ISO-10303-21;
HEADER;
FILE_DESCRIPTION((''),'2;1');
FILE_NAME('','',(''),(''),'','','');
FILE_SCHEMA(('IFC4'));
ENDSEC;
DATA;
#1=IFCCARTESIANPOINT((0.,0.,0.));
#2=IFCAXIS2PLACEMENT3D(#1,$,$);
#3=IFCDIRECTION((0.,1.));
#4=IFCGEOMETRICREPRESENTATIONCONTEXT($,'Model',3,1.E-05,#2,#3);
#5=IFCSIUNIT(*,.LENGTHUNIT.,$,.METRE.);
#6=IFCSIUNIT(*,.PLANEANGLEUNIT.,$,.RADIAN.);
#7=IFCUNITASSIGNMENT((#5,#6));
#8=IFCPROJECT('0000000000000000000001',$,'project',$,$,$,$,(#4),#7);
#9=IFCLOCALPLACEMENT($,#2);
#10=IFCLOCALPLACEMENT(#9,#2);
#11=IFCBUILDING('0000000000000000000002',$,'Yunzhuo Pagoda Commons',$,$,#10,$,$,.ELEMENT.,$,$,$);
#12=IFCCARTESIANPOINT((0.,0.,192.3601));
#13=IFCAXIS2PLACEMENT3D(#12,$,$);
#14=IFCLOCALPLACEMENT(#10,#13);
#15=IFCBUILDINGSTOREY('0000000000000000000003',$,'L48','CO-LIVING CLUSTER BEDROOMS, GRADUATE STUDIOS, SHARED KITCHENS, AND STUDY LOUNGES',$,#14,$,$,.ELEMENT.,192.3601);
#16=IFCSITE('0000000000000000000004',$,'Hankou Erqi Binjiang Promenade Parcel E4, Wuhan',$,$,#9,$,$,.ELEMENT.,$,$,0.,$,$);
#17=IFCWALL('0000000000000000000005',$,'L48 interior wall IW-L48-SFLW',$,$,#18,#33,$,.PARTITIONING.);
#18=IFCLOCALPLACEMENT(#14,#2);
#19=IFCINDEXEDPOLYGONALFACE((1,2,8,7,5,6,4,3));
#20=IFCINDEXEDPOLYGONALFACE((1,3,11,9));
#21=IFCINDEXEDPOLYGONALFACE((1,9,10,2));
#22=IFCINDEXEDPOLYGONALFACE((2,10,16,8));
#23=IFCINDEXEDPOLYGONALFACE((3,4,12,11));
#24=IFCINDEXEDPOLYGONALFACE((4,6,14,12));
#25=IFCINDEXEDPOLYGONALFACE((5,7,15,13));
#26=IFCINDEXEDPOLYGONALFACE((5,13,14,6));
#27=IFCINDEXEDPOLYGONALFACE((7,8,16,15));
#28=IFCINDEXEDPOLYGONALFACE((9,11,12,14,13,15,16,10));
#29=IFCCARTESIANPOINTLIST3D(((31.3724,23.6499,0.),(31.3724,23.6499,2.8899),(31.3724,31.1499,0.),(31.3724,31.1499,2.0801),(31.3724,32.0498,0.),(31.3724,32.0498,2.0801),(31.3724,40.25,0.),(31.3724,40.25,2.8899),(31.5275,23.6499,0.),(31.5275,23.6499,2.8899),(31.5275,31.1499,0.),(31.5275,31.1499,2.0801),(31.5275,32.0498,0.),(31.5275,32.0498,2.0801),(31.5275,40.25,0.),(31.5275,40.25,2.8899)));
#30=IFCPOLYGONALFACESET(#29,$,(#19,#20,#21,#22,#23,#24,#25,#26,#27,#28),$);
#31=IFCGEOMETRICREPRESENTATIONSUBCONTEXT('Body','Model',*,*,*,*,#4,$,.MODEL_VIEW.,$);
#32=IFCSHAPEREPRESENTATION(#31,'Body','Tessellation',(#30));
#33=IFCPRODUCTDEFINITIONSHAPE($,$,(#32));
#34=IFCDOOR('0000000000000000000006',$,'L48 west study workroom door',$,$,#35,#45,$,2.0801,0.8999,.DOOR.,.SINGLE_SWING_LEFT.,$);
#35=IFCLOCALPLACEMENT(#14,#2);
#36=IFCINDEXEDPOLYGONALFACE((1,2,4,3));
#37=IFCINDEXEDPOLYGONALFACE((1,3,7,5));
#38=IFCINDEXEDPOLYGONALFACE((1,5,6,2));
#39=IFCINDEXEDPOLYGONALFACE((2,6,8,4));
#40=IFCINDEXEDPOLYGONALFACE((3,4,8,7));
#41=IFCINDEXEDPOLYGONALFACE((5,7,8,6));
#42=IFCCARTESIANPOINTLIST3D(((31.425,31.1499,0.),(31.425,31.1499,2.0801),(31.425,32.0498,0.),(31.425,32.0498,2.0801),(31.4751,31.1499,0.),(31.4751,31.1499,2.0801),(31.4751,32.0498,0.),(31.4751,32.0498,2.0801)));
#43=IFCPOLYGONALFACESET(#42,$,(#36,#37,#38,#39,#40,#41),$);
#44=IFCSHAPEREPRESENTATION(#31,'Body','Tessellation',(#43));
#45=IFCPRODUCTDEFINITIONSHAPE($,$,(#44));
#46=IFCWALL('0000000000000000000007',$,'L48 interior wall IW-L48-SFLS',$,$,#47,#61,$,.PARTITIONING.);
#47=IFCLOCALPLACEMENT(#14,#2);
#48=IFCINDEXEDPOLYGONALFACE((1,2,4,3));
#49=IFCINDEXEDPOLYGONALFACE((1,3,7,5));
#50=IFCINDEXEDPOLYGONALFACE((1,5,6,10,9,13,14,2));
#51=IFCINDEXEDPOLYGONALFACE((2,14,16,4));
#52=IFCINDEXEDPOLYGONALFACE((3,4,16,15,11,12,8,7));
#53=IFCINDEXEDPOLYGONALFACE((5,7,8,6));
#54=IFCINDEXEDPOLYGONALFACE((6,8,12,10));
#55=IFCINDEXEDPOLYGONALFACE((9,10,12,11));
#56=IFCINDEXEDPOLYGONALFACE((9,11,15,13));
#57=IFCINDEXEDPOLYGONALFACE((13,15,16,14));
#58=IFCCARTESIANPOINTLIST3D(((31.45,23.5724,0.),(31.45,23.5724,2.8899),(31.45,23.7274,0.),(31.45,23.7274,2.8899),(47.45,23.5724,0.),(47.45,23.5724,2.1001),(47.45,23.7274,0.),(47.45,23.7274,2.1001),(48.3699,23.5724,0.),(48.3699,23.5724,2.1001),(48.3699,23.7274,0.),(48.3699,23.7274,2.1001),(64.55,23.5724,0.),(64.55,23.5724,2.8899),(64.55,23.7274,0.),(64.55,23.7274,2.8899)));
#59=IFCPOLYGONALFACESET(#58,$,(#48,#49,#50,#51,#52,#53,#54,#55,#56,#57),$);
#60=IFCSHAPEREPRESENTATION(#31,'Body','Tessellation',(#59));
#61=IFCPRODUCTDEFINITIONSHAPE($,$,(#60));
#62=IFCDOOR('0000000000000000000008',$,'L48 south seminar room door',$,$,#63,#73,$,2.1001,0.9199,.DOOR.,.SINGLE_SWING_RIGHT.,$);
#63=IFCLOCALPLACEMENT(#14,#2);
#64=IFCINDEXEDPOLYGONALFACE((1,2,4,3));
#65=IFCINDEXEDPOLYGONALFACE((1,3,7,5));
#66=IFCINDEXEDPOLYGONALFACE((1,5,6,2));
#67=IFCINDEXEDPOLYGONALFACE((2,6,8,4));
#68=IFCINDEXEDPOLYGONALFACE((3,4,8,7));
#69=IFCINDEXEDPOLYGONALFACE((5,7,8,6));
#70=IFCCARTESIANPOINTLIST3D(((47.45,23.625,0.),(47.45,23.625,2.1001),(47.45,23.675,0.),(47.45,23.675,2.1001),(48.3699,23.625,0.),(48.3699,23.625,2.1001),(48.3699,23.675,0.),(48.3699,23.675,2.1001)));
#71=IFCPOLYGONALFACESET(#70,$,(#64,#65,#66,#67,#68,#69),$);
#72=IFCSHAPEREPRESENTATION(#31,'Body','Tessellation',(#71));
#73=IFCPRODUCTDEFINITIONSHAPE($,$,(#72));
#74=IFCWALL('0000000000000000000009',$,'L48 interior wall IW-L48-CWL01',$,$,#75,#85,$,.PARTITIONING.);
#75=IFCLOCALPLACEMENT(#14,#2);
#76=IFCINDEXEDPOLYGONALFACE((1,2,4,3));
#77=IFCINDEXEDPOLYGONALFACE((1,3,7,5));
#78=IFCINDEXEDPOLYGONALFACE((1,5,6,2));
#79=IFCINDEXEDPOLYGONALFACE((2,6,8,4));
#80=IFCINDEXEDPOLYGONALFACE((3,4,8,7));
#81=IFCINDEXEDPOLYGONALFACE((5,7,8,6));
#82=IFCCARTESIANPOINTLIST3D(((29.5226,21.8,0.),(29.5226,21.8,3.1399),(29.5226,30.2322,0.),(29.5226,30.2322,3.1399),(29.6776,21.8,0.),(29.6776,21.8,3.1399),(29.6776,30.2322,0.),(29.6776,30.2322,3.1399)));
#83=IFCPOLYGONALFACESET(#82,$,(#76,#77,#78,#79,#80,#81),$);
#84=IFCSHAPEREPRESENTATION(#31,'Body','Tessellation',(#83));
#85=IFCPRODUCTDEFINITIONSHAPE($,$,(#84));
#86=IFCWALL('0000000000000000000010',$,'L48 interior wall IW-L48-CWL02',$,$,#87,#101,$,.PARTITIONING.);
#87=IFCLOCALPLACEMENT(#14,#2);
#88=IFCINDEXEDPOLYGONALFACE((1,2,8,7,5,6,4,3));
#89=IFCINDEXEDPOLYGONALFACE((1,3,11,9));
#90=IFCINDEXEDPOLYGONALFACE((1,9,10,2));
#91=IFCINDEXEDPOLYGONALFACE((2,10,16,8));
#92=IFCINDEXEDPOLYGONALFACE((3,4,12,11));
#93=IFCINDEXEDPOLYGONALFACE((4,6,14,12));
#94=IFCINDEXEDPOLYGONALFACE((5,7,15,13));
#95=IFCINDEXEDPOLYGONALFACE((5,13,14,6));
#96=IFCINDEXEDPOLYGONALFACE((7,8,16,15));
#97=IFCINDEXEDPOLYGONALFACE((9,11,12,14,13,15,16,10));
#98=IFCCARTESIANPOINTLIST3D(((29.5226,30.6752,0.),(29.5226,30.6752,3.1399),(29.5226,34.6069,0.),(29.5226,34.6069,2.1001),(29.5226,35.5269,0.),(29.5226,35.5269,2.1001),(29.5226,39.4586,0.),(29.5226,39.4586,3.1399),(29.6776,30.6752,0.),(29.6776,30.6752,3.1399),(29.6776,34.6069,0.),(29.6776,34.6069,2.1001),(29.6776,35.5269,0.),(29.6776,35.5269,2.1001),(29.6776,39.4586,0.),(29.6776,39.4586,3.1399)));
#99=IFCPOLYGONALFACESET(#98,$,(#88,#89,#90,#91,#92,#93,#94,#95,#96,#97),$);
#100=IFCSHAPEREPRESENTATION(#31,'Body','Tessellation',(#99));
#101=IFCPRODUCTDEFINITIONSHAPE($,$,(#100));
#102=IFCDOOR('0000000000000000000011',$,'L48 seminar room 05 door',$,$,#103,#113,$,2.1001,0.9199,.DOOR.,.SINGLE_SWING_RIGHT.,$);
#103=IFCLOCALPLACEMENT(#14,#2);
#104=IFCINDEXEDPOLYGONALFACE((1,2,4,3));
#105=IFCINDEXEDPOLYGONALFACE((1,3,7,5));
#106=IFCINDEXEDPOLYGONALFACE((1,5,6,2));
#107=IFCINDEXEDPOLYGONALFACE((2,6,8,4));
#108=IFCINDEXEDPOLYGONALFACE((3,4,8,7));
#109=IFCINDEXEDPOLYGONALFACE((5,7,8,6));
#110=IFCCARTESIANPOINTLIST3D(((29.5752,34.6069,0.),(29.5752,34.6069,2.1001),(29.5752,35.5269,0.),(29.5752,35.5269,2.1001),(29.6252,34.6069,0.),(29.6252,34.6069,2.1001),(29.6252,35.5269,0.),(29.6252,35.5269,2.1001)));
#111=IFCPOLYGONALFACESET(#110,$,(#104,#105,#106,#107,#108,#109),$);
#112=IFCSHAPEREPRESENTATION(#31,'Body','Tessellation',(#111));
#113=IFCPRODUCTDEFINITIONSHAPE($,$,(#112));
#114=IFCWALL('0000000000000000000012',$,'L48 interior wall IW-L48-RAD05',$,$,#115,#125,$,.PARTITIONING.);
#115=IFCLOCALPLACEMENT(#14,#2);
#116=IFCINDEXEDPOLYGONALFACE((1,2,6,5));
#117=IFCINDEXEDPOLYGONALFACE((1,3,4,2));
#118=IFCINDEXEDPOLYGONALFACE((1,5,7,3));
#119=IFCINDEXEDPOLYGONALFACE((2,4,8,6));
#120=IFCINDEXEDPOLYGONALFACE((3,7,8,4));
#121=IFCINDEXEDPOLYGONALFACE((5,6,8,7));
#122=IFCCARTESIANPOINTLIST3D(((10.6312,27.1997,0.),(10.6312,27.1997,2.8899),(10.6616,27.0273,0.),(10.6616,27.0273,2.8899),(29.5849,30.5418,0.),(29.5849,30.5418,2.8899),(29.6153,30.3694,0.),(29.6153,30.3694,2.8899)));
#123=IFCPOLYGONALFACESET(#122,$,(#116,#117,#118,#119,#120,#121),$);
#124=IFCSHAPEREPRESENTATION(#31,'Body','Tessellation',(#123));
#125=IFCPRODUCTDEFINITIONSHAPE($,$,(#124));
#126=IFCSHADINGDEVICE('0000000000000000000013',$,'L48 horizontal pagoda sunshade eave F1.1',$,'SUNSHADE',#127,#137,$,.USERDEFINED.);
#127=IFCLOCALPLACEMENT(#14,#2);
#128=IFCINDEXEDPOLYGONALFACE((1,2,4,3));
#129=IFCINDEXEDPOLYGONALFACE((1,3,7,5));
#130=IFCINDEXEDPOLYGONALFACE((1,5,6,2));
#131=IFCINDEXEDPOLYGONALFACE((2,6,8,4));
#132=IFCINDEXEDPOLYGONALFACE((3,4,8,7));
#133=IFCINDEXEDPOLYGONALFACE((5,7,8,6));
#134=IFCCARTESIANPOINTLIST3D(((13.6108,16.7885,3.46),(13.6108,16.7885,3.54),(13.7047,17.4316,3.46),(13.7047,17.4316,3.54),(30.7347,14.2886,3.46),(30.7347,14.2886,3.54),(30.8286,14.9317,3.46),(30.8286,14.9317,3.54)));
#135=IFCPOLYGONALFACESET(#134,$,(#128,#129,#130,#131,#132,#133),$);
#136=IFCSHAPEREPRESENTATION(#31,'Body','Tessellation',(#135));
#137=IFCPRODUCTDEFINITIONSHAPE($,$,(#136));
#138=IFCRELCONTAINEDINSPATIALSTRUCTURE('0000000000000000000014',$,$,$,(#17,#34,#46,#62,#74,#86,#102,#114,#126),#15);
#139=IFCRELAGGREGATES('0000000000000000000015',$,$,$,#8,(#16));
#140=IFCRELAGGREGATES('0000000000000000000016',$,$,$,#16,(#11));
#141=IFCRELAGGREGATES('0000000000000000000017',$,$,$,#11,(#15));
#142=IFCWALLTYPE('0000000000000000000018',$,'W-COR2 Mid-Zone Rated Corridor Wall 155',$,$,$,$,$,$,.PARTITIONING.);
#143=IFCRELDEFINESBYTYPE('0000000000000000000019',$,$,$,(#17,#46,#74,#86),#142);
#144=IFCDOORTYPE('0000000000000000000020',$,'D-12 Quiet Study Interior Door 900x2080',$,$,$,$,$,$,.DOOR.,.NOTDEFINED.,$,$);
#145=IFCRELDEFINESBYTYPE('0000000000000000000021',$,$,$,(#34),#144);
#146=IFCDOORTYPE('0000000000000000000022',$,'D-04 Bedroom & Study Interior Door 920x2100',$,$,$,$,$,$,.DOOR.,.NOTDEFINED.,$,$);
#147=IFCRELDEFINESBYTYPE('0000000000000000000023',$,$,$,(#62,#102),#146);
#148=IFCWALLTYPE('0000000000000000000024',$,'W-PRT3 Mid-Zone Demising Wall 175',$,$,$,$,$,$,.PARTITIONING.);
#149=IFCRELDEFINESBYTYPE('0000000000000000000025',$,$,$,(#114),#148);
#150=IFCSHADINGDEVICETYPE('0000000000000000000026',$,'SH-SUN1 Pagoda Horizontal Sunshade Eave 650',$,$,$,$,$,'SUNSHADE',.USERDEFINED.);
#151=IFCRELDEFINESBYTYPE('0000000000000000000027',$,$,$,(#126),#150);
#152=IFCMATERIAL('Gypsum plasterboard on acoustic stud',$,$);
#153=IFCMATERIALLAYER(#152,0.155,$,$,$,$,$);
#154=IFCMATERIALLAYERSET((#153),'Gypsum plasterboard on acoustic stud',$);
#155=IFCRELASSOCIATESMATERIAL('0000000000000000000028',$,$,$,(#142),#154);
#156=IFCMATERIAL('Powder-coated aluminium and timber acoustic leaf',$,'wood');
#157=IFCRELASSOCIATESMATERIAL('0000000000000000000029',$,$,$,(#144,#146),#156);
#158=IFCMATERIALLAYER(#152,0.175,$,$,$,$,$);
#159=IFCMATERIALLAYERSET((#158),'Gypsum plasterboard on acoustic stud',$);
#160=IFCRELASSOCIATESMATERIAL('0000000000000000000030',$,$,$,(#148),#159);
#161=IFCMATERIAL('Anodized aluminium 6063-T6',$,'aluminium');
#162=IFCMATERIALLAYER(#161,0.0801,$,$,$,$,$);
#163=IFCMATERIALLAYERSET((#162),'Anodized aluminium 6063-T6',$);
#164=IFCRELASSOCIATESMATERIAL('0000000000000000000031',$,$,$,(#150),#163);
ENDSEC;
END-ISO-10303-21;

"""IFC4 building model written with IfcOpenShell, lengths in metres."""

from ifc_helpers import new_model, si_unit, direction, frame, frame_2d, origin, origin_with_axes, origin_2d, place, context, subcontext, project, spatial, rectangle, extrude, source, transform, mapped, material, layer, layer_set, type_object, element, fill, save


model = new_model("IFC4")

# Units and contexts
model_context = context("Model", 3, precision=1e-05, world=origin(), true_north=direction((0.0, 1.0)))
body_context = subcontext(model_context, "Body", "Model", "MODEL_VIEW")
ifc_project = project(units=[si_unit("LENGTHUNIT", "METRE"), si_unit("PLANEANGLEUNIT", "RADIAN")], contexts=[model_context])

# Site, building, storey
site_placement = place(None, origin())
site = spatial("IfcSite", under=ifc_project, at=site_placement, Name="Hankou Erqi Binjiang Promenade Parcel E4, Wuhan", CompositionType="ELEMENT", RefElevation=0.0)
building_placement = place(site_placement, origin())
building = spatial("IfcBuilding", under=site, at=building_placement, Name="Yunzhuo Pagoda Commons", CompositionType="ELEMENT")
storey_placement = place(building_placement, frame((0.0, 0.0, 192.3601)))
storey = spatial("IfcBuildingStorey", under=building, at=storey_placement, Name="L48", Description="CO-LIVING CLUSTER BEDROOMS, GRADUATE STUDIOS, SHARED KITCHENS, AND STUDY LOUNGES", CompositionType="ELEMENT", Elevation=192.3601)

# Shared definitions
ifc_material_1 = material(Name="Anodized aluminium 6063-T6", Category="aluminium")

# Walls, openings, doors
ifc_material_2 = material(Name="Gypsum plasterboard on acoustic stud")
ifc_layer_1 = layer(ifc_material_2, 0.155)
ifc_layer_set_1 = layer_set([ifc_layer_1], Name="Gypsum plasterboard on acoustic stud")
wall_type_1 = type_object("IfcWallType", Name="W-COR2 Mid-Zone Rated Corridor Wall 155", PredefinedType="PARTITIONING", material=ifc_layer_set_1)
wall_1_placement = place(storey_placement, frame((31.45, 23.6499, 0.0), z_axis=(0.0, 0.0, 1.0), x_axis=(0.0, 1.0, 0.0)))
wall_1 = element("IfcWall", 1, at=wall_1_placement, inside=storey, type_object=wall_type_1, Name="L48 interior wall IW-L48-SFLW", PredefinedType="PARTITIONING", context=body_context, shape_type="SweptSolid", body=[
    extrude(rectangle(XDim=16.6001, YDim=0.155, at=frame_2d((8.3, 0.0))), origin(), (0.0, 0.0, 1.0), 2.8899),
])
opening_1_placement = place(wall_1_placement, frame((7.5, 0.0, 0.0)))
opening_1 = element("IfcOpeningElement", 2, at=opening_1_placement, cuts=wall_1, PredefinedType="OPENING", context=body_context, shape_type="SweptSolid", body=[
    extrude(rectangle(XDim=0.8999, YDim=2.0801, at=frame_2d((0.45, 1.04))), frame((0.0, 0.0874, 0.0), z_axis=(0.0, -1.0, 0.0), x_axis=(1.0, 0.0, 0.0)), (0.0, 0.0, 1.0), 0.175),
])
ifc_material_3 = material(Name="Powder-coated aluminium and timber acoustic leaf", Category="wood")
door_type_1 = type_object("IfcDoorType", Name="D-12 Quiet Study Interior Door 900x2080", OperationType="NOTDEFINED", PredefinedType="DOOR", material=ifc_material_3)
shared_shape_1 = source(origin(), body_context, "Body", "SweptSolid", [
    extrude(rectangle(XDim=0.8999, YDim=2.0801, at=frame_2d((0.45, 1.04))), frame((0.0, 0.0249, 0.0), z_axis=(0.0, -1.0, 0.0), x_axis=(1.0, 0.0, 0.0)), (0.0, 0.0, 1.0), 0.05),
])
door_1_placement = place(opening_1_placement, origin_with_axes())
door_1 = element("IfcDoor", 3, at=door_1_placement, inside=storey, type_object=door_type_1, Name="L48 west study workroom door", OperationType="SINGLE_SWING_LEFT", OverallHeight=2.0801, OverallWidth=0.8999, PredefinedType="DOOR", context=body_context, shape_type="MappedRepresentation", body=[
    mapped(shared_shape_1, transform((0.0, 0.0, 0.0), scale=1.0)),
])
fill(opening_1, door_1)
wall_2_placement = place(storey_placement, frame((31.45, 23.6499, 0.0), z_axis=(0.0, 0.0, 1.0), x_axis=(1.0, 0.0, 0.0)))
wall_2 = element("IfcWall", 4, at=wall_2_placement, inside=storey, type_object=wall_type_1, Name="L48 interior wall IW-L48-SFLS", PredefinedType="PARTITIONING", context=body_context, shape_type="SweptSolid", body=[
    extrude(rectangle(XDim=33.1001, YDim=0.155, at=frame_2d((16.55, 0.0))), origin(), (0.0, 0.0, 1.0), 2.8899),
])
opening_2_placement = place(wall_2_placement, frame((16.0, 0.0, 0.0)))
opening_2 = element("IfcOpeningElement", 5, at=opening_2_placement, cuts=wall_2, PredefinedType="OPENING", context=body_context, shape_type="SweptSolid", body=[
    extrude(rectangle(XDim=0.9199, YDim=2.1001, at=frame_2d((0.46, 1.05))), frame((0.0, 0.0874, 0.0), z_axis=(0.0, -1.0, 0.0), x_axis=(1.0, 0.0, 0.0)), (0.0, 0.0, 1.0), 0.175),
])
door_type_2 = type_object("IfcDoorType", Name="D-04 Bedroom & Study Interior Door 920x2100", OperationType="NOTDEFINED", PredefinedType="DOOR", material=ifc_material_3)
shared_shape_2 = source(origin(), body_context, "Body", "SweptSolid", [
    extrude(rectangle(XDim=0.9199, YDim=2.1001, at=frame_2d((0.46, 1.05))), frame((0.0, 0.0249, 0.0), z_axis=(0.0, -1.0, 0.0), x_axis=(1.0, 0.0, 0.0)), (0.0, 0.0, 1.0), 0.05),
])
door_2_placement = place(opening_2_placement, frame((0.9199, 0.0, 0.0), z_axis=(0.0, 0.0, 1.0), x_axis=(-1.0, 0.0, 0.0)))
door_2 = element("IfcDoor", 6, at=door_2_placement, inside=storey, type_object=door_type_2, Name="L48 south seminar room door", OperationType="SINGLE_SWING_RIGHT", OverallHeight=2.1001, OverallWidth=0.9199, PredefinedType="DOOR", context=body_context, shape_type="MappedRepresentation", body=[
    mapped(shared_shape_2, transform((0.0, 0.0, 0.0), scale=1.0)),
])
fill(opening_2, door_2)

# Wall
wall_3_placement = place(storey_placement, frame((29.6001, 21.8, 0.0), z_axis=(0.0, 0.0, 1.0), x_axis=(0.0, 1.0, 0.0)))
element("IfcWall", 7, at=wall_3_placement, inside=storey, type_object=wall_type_1, Name="L48 interior wall IW-L48-CWL01", PredefinedType="PARTITIONING", context=body_context, shape_type="SweptSolid", body=[
    extrude(rectangle(XDim=8.4321, YDim=0.155, at=frame_2d((4.2161, 0.0))), origin(), (0.0, 0.0, 1.0), 3.1399),
])

# Wall, opening, door
wall_4_placement = place(storey_placement, frame((29.6001, 30.6753, 0.0), z_axis=(0.0, 0.0, 1.0), x_axis=(0.0, 1.0, 0.0)))
wall_4 = element("IfcWall", 8, at=wall_4_placement, inside=storey, type_object=wall_type_1, Name="L48 interior wall IW-L48-CWL02", PredefinedType="PARTITIONING", context=body_context, shape_type="SweptSolid", body=[
    extrude(rectangle(XDim=8.7834, YDim=0.155, at=frame_2d((4.3916, 0.0))), origin(), (0.0, 0.0, 1.0), 3.1399),
])
opening_3_placement = place(wall_4_placement, frame((3.9316, 0.0, 0.0)))
opening_3 = element("IfcOpeningElement", 9, at=opening_3_placement, cuts=wall_4, PredefinedType="OPENING", context=body_context, shape_type="SweptSolid", body=[
    extrude(rectangle(XDim=0.9199, YDim=2.1001, at=frame_2d((0.46, 1.05))), frame((0.0, 0.0874, 0.0), z_axis=(0.0, -1.0, 0.0), x_axis=(1.0, 0.0, 0.0)), (0.0, 0.0, 1.0), 0.175),
])
door_3_placement = place(opening_3_placement, origin_with_axes())
door_3 = element("IfcDoor", 10, at=door_3_placement, inside=storey, type_object=door_type_2, Name="L48 seminar room 05 door", OperationType="SINGLE_SWING_RIGHT", OverallHeight=2.1001, OverallWidth=0.9199, PredefinedType="DOOR", context=body_context, shape_type="MappedRepresentation", body=[
    mapped(shared_shape_2, transform((0.0, 0.0, 0.0), scale=1.0)),
])
fill(opening_3, door_3)

# Wall
ifc_layer_2 = layer(ifc_material_2, 0.175)
ifc_layer_set_2 = layer_set([ifc_layer_2], Name="Gypsum plasterboard on acoustic stud")
wall_type_2 = type_object("IfcWallType", Name="W-PRT3 Mid-Zone Demising Wall 175", PredefinedType="PARTITIONING", material=ifc_layer_set_2)
wall_5_placement = place(storey_placement, frame((29.6001, 30.4556, 0.0), z_axis=(0.0, 0.0, 1.0), x_axis=(-0.984808, -0.173649, 0.0)))
element("IfcWall", 11, at=wall_5_placement, inside=storey, type_object=wall_type_2, Name="L48 interior wall IW-L48-RAD05", PredefinedType="PARTITIONING", context=body_context, shape_type="SweptSolid", body=[
    extrude(rectangle(XDim=19.2461, YDim=0.175, at=frame_2d((9.623, 0.0))), origin(), (0.0, 0.0, 1.0), 2.8899),
])

# Shading device
ifc_layer_3 = layer(ifc_material_1, 0.0801)
ifc_layer_set_3 = layer_set([ifc_layer_3], Name="Anodized aluminium 6063-T6")
shading_device_type = type_object("IfcShadingDeviceType", Name="SH-SUN1 Pagoda Horizontal Sunshade Eave 650", ElementType="SUNSHADE", PredefinedType="USERDEFINED", material=ifc_layer_set_3)
shared_shape_3 = source(origin(), body_context, "Body", "SweptSolid", [
    extrude(rectangle(XDim=17.3054, YDim=0.6499, at=origin_2d()), origin(), (0.0, 0.0, 1.0), 0.0801),
])
shading_device_placement = place(storey_placement, frame((22.2197, 15.8601, 3.46), z_axis=(0.0, 0.0, 1.0), x_axis=(0.989511, -0.14446, 0.0)))
element("IfcShadingDevice", 12, at=shading_device_placement, inside=storey, type_object=shading_device_type, Name="L48 horizontal pagoda sunshade eave F1.1", ObjectType="SUNSHADE", PredefinedType="USERDEFINED", context=body_context, shape_type="MappedRepresentation", body=[
    mapped(shared_shape_3, transform((0.0, 0.0, 0.0), scale=1.0)),
])

save(model, "model.ifc")
